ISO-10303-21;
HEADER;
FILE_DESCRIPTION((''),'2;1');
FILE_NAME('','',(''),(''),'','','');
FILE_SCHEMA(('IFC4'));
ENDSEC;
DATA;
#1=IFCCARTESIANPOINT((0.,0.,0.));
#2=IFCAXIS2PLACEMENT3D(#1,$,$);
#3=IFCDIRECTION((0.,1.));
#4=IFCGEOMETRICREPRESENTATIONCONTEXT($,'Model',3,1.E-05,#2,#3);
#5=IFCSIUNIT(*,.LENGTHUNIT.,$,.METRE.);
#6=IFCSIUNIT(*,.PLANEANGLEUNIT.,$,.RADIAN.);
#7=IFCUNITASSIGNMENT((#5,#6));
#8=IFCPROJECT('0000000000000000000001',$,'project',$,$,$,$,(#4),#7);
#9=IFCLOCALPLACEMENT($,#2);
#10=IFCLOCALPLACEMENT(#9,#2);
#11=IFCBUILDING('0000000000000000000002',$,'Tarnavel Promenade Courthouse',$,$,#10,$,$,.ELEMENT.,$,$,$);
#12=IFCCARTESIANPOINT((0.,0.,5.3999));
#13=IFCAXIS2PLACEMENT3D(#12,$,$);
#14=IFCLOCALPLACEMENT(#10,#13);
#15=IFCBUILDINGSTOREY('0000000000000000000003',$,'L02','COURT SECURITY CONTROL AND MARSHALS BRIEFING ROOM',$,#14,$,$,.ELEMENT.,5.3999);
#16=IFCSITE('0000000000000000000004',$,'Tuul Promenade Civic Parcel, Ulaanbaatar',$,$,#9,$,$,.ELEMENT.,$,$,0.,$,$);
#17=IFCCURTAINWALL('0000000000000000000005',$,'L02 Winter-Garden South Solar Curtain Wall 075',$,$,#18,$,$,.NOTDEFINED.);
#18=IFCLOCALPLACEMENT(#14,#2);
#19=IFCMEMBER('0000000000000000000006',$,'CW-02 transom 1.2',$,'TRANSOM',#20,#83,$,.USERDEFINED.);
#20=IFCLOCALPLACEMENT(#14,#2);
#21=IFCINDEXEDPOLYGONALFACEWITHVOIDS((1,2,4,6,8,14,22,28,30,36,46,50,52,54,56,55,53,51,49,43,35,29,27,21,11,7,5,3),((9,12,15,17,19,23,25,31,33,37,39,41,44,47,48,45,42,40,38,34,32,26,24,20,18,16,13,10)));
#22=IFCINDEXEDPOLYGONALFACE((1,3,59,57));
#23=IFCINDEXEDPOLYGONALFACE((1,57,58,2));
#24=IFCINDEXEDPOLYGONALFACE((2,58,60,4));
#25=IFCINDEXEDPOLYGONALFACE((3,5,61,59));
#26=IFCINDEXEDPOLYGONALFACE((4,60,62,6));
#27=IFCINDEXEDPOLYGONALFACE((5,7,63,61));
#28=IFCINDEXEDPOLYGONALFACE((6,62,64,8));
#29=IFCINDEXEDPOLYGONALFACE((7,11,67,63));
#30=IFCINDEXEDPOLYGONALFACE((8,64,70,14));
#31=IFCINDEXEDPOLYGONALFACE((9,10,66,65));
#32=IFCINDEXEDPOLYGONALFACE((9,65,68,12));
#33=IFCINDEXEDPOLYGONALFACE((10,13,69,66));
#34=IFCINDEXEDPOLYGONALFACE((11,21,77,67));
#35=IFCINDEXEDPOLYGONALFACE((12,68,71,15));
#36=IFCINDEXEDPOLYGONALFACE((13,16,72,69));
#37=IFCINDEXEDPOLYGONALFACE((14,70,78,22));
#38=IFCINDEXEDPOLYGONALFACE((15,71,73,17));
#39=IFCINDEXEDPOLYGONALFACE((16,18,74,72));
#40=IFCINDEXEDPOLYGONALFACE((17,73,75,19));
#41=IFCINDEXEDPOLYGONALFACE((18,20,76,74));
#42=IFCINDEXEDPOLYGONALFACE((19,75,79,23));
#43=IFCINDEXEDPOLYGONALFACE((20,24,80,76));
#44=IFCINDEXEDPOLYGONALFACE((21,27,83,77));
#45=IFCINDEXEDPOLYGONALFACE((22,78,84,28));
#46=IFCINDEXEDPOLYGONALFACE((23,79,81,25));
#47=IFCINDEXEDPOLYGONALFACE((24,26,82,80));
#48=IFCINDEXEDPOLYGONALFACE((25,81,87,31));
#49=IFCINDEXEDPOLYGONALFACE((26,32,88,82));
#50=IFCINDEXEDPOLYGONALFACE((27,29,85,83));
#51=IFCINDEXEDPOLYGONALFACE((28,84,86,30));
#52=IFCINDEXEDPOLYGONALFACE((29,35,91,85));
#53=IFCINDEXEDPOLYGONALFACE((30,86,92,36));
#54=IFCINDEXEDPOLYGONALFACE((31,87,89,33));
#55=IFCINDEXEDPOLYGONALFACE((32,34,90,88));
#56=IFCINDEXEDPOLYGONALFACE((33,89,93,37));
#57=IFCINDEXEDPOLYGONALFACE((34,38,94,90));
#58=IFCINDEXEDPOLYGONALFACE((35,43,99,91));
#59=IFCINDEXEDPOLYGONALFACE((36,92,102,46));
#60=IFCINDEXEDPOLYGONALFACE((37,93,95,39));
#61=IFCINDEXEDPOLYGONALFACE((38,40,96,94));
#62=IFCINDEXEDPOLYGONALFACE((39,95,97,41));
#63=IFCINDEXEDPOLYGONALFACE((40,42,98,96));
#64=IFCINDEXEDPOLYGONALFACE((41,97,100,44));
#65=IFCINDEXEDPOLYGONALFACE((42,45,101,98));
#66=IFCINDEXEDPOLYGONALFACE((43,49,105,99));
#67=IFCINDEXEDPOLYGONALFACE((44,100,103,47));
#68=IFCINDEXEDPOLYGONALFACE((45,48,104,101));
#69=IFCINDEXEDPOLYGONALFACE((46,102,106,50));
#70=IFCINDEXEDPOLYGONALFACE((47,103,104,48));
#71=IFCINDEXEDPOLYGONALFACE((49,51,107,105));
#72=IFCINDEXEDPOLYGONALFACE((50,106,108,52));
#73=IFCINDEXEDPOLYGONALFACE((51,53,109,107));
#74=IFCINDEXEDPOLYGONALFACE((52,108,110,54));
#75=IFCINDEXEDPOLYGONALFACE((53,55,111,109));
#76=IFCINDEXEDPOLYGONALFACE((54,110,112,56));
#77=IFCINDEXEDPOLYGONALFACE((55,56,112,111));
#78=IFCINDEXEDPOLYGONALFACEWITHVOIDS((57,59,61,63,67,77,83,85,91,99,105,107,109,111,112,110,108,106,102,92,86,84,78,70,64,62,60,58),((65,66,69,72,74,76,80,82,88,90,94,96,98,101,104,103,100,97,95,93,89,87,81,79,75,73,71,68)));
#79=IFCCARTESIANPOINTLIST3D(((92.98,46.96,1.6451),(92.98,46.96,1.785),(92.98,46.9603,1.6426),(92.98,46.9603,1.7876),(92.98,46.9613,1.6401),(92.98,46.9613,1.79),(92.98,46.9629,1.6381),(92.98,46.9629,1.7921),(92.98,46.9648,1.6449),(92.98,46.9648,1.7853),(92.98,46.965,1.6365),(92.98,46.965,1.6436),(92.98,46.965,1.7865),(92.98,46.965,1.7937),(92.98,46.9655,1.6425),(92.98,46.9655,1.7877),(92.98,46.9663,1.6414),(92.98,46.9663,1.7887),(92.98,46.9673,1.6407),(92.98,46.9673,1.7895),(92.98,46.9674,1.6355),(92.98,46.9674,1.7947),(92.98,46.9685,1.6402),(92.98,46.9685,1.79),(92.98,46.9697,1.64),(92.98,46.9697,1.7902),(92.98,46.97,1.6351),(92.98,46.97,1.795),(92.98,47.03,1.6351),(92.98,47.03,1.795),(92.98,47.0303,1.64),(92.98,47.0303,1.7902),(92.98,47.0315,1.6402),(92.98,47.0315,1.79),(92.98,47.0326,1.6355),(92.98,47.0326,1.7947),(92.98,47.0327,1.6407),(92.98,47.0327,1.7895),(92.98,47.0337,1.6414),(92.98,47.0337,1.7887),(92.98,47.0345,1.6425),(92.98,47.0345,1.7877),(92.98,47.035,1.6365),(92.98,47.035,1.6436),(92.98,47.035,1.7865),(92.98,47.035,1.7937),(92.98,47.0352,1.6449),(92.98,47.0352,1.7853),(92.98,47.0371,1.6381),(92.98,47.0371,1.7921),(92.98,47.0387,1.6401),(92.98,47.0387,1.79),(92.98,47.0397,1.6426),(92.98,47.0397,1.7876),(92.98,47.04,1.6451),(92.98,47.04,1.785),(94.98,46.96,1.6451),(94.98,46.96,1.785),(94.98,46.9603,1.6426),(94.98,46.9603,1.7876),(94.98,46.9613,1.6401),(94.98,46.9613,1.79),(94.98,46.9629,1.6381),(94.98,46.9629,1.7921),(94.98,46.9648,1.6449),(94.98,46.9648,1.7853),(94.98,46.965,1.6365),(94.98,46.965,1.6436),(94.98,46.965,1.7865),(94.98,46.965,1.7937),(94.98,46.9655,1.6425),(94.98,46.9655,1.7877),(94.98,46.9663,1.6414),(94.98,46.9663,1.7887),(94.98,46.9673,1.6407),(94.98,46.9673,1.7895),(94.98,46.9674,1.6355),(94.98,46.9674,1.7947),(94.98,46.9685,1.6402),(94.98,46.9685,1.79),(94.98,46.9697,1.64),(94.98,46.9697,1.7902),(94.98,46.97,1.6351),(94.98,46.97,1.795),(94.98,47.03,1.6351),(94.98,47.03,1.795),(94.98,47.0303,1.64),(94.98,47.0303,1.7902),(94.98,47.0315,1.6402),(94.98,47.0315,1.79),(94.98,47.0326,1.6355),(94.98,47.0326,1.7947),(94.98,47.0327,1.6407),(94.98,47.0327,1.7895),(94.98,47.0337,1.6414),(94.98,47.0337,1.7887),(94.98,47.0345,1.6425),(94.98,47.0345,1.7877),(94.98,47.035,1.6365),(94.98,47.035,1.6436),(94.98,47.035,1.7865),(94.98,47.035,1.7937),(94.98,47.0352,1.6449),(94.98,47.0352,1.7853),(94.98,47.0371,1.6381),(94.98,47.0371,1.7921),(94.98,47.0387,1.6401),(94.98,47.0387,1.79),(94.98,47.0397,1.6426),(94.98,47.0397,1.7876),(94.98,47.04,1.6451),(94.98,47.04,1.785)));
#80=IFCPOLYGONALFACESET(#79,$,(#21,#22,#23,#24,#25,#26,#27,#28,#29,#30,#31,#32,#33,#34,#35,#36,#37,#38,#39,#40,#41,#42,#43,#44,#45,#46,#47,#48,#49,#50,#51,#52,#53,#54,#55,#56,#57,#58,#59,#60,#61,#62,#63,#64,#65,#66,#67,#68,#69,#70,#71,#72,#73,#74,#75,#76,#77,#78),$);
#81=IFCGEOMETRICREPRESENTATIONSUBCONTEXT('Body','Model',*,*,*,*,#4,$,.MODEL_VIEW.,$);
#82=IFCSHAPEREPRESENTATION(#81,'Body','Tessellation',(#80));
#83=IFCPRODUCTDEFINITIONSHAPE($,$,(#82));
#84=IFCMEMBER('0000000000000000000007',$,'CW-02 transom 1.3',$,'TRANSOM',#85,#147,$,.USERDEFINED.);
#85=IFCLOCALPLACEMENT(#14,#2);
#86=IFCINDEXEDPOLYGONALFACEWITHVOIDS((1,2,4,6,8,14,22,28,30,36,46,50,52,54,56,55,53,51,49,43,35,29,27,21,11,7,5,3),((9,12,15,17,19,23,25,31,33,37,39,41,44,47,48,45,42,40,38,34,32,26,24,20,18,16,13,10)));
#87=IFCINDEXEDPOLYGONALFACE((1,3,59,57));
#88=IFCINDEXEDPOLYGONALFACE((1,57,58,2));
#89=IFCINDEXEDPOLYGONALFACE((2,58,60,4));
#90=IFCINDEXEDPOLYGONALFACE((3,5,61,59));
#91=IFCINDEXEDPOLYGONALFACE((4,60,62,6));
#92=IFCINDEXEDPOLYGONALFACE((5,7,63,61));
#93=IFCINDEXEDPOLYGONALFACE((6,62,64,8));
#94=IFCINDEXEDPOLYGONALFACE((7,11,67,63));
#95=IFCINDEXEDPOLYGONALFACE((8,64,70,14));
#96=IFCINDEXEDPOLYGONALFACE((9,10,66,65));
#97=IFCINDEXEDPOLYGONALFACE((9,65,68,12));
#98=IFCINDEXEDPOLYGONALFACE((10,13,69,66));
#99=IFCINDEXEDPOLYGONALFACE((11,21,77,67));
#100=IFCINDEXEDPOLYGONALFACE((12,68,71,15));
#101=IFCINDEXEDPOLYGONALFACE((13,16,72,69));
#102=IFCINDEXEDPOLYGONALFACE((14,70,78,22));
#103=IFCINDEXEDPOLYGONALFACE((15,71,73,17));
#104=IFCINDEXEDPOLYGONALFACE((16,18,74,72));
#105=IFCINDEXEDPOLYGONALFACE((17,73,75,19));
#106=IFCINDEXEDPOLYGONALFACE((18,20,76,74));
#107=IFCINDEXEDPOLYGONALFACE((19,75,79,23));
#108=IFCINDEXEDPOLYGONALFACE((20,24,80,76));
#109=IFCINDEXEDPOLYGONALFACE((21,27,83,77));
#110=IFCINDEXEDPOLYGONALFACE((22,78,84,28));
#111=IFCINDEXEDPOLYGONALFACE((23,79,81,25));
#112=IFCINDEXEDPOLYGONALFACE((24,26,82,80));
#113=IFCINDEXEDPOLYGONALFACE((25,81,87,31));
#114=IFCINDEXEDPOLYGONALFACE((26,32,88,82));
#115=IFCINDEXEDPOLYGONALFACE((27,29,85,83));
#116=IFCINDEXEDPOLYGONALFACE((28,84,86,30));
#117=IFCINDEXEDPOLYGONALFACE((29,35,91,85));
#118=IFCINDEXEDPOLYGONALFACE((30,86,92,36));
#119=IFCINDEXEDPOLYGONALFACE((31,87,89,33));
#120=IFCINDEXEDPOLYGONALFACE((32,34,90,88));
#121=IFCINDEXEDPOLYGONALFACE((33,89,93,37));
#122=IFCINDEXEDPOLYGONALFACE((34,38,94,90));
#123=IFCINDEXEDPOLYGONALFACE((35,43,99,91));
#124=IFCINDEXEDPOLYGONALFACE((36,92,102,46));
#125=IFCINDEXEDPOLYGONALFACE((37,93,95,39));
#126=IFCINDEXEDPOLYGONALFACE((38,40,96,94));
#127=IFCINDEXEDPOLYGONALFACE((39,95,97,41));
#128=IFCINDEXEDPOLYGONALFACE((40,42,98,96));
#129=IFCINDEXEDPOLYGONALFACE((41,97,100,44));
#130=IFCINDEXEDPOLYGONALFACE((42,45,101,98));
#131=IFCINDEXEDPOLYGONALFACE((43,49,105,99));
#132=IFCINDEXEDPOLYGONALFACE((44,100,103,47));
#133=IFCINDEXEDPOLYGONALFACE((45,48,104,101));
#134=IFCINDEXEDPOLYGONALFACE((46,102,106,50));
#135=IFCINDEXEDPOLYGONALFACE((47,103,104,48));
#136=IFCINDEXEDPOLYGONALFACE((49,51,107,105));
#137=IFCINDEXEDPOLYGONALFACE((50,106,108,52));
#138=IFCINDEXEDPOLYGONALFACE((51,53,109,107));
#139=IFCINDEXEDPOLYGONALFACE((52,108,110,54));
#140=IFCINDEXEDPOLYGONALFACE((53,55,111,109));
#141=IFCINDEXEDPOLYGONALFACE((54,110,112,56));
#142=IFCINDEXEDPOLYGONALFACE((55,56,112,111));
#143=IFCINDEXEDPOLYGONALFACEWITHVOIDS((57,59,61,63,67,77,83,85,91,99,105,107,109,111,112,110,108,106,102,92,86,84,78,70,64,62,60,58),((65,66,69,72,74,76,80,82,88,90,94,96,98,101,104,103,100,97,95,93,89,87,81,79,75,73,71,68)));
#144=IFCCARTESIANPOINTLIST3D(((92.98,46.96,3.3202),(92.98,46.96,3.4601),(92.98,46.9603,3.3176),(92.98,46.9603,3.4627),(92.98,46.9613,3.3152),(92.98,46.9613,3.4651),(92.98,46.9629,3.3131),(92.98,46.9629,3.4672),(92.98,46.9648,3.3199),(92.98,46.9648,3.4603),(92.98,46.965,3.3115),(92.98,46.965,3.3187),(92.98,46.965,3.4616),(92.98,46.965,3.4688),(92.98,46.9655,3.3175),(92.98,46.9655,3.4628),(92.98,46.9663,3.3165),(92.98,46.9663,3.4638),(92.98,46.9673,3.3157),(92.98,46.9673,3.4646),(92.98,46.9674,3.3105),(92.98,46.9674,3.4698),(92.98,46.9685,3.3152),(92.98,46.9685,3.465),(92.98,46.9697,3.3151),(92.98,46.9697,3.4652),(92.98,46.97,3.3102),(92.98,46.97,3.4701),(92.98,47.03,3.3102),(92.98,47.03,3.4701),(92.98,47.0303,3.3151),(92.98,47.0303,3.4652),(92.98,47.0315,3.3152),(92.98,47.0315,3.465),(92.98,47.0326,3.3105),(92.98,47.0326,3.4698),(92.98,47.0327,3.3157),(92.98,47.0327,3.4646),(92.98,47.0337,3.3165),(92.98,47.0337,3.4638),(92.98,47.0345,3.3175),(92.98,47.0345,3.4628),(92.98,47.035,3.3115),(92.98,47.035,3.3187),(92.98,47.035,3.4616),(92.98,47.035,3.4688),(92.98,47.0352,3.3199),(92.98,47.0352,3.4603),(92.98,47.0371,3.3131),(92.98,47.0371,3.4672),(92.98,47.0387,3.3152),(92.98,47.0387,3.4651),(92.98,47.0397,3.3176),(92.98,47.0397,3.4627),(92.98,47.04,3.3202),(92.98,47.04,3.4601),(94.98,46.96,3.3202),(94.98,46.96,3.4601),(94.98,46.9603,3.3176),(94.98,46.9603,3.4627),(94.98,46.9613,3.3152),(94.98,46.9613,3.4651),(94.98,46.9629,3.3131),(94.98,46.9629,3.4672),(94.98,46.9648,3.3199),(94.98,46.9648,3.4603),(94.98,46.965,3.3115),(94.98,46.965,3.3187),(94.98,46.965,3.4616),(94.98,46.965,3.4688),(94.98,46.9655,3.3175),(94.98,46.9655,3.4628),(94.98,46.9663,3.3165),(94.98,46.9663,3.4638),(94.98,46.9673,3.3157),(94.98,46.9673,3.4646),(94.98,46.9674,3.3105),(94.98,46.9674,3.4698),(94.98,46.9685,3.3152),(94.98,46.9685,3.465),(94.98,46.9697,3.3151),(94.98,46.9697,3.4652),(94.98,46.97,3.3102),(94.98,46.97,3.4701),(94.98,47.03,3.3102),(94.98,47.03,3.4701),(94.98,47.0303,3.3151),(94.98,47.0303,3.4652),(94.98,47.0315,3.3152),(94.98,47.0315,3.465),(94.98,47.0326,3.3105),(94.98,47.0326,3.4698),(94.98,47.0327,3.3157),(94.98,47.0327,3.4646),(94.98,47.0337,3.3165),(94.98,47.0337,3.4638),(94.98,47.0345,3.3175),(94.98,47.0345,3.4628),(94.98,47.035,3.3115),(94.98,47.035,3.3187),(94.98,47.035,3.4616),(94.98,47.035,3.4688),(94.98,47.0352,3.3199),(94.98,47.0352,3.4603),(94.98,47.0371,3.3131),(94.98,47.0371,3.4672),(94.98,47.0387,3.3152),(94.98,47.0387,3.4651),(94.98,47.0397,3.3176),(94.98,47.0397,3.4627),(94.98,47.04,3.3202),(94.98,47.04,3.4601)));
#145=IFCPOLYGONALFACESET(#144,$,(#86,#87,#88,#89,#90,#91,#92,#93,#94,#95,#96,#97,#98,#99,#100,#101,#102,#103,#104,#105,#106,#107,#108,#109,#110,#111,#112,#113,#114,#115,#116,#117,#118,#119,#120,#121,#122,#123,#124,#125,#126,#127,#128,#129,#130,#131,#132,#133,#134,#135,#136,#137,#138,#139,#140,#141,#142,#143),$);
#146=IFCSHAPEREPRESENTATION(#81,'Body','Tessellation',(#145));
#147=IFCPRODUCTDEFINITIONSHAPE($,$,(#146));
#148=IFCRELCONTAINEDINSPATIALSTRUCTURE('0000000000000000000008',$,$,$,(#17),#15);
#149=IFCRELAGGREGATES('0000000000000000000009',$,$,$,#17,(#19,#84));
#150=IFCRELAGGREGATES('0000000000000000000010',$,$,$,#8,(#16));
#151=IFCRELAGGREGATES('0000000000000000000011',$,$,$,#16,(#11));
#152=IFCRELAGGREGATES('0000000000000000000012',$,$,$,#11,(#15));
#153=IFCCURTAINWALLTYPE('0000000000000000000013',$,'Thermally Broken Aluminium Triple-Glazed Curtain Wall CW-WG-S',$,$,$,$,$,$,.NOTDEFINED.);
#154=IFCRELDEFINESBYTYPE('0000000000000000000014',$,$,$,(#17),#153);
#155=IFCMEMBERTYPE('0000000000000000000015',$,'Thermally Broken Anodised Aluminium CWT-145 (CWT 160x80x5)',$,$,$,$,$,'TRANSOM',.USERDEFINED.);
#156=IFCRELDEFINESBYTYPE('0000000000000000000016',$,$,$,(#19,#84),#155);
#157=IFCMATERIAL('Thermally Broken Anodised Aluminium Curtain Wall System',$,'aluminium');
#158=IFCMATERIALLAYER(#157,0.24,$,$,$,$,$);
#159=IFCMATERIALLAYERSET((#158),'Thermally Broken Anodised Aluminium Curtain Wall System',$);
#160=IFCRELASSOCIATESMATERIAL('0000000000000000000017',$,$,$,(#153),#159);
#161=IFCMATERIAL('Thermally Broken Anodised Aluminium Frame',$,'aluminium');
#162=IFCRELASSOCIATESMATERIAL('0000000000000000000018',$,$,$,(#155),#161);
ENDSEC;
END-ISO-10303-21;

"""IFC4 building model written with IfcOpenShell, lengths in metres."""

from ifc_helpers import new_model, si_unit, direction, frame, origin, origin_2d, place, context, subcontext, project, spatial, hollow_rectangle, extrude, material, layer, layer_set, material_profile, profile_set, type_object, element, aggregate, save


model = new_model("IFC4")

# Units and contexts
model_context = context("Model", 3, precision=1e-05, world=origin(), true_north=direction((0.0, 1.0)))
body_context = subcontext(model_context, "Body", "Model", "MODEL_VIEW")
ifc_project = project(units=[si_unit("LENGTHUNIT", "METRE"), si_unit("PLANEANGLEUNIT", "RADIAN")], contexts=[model_context])

# Site, building, storey
site_placement = place(None, origin())
site = spatial("IfcSite", under=ifc_project, at=site_placement, Name="Tuul Promenade Civic Parcel, Ulaanbaatar", CompositionType="ELEMENT", RefElevation=0.0)
building_placement = place(site_placement, origin())
building = spatial("IfcBuilding", under=site, at=building_placement, Name="Tarnavel Promenade Courthouse", CompositionType="ELEMENT")
storey_placement = place(building_placement, frame((0.0, 0.0, 5.3999)))
storey = spatial("IfcBuildingStorey", under=building, at=storey_placement, Name="L02", Description="COURT SECURITY CONTROL AND MARSHALS BRIEFING ROOM", CompositionType="ELEMENT", Elevation=5.3999)

# Shared definitions
ifc_material_1 = material(Name="Thermally Broken Anodised Aluminium Curtain Wall System", Category="aluminium")
ifc_layer_1 = layer(ifc_material_1, 0.24)
ifc_layer_set_1 = layer_set([ifc_layer_1], Name="Thermally Broken Anodised Aluminium Curtain Wall System")
curtain_wall_type = type_object("IfcCurtainWallType", Name="Thermally Broken Aluminium Triple-Glazed Curtain Wall CW-WG-S", PredefinedType="NOTDEFINED", material=ifc_layer_set_1)
ifc_material_2 = material(Name="Thermally Broken Anodised Aluminium Frame", Category="aluminium")

# Curtain wall
curtain_wall_1_placement = place(storey_placement, origin())
curtain_wall_1 = element("IfcCurtainWall", 1, at=curtain_wall_1_placement, inside=storey, type_object=curtain_wall_type, Name="L02 Winter-Garden South Solar Curtain Wall 075", PredefinedType="NOTDEFINED")

# Members
ifc_material_profile_1 = material_profile(ifc_material_2, hollow_rectangle(XDim=0.0801, YDim=0.1599, WallThickness=0.0049, InnerFilletRadius=0.0049, OuterFilletRadius=0.01, at=origin_2d()), Name="CWT 160x80x5")
ifc_profile_set_1 = profile_set([ifc_material_profile_1], Name="Thermally Broken Anodised Aluminium Frame")
member_type_1 = type_object("IfcMemberType", Name="Thermally Broken Anodised Aluminium CWT-145 (CWT 160x80x5)", ElementType="TRANSOM", PredefinedType="USERDEFINED", material=ifc_profile_set_1)
member_1_placement = place(storey_placement, frame((92.98, 47.0, 1.7151), z_axis=(1.0, 0.0, 0.0), x_axis=(0.0, 1.0, 0.0)))
member_1 = element("IfcMember", 2, at=member_1_placement, type_object=member_type_1, Name="CW-02 transom 1.2", ObjectType="TRANSOM", PredefinedType="USERDEFINED", context=body_context, shape_type="SweptSolid", body=[
    extrude(hollow_rectangle(XDim=0.0801, YDim=0.1599, WallThickness=0.0049, InnerFilletRadius=0.0049, OuterFilletRadius=0.01, at=origin_2d()), origin(), (0.0, 0.0, 1.0), 2.0),
])
member_2_placement = place(storey_placement, frame((92.98, 47.0, 3.3901), z_axis=(1.0, 0.0, 0.0), x_axis=(0.0, 1.0, 0.0)))
member_2 = element("IfcMember", 3, at=member_2_placement, type_object=member_type_1, Name="CW-02 transom 1.3", ObjectType="TRANSOM", PredefinedType="USERDEFINED", context=body_context, shape_type="SweptSolid", body=[
    extrude(hollow_rectangle(XDim=0.0801, YDim=0.1599, WallThickness=0.0049, InnerFilletRadius=0.0049, OuterFilletRadius=0.01, at=origin_2d()), origin(), (0.0, 0.0, 1.0), 2.0),
])

aggregate(curtain_wall_1, [member_1, member_2])

save(model, "model.ifc")
